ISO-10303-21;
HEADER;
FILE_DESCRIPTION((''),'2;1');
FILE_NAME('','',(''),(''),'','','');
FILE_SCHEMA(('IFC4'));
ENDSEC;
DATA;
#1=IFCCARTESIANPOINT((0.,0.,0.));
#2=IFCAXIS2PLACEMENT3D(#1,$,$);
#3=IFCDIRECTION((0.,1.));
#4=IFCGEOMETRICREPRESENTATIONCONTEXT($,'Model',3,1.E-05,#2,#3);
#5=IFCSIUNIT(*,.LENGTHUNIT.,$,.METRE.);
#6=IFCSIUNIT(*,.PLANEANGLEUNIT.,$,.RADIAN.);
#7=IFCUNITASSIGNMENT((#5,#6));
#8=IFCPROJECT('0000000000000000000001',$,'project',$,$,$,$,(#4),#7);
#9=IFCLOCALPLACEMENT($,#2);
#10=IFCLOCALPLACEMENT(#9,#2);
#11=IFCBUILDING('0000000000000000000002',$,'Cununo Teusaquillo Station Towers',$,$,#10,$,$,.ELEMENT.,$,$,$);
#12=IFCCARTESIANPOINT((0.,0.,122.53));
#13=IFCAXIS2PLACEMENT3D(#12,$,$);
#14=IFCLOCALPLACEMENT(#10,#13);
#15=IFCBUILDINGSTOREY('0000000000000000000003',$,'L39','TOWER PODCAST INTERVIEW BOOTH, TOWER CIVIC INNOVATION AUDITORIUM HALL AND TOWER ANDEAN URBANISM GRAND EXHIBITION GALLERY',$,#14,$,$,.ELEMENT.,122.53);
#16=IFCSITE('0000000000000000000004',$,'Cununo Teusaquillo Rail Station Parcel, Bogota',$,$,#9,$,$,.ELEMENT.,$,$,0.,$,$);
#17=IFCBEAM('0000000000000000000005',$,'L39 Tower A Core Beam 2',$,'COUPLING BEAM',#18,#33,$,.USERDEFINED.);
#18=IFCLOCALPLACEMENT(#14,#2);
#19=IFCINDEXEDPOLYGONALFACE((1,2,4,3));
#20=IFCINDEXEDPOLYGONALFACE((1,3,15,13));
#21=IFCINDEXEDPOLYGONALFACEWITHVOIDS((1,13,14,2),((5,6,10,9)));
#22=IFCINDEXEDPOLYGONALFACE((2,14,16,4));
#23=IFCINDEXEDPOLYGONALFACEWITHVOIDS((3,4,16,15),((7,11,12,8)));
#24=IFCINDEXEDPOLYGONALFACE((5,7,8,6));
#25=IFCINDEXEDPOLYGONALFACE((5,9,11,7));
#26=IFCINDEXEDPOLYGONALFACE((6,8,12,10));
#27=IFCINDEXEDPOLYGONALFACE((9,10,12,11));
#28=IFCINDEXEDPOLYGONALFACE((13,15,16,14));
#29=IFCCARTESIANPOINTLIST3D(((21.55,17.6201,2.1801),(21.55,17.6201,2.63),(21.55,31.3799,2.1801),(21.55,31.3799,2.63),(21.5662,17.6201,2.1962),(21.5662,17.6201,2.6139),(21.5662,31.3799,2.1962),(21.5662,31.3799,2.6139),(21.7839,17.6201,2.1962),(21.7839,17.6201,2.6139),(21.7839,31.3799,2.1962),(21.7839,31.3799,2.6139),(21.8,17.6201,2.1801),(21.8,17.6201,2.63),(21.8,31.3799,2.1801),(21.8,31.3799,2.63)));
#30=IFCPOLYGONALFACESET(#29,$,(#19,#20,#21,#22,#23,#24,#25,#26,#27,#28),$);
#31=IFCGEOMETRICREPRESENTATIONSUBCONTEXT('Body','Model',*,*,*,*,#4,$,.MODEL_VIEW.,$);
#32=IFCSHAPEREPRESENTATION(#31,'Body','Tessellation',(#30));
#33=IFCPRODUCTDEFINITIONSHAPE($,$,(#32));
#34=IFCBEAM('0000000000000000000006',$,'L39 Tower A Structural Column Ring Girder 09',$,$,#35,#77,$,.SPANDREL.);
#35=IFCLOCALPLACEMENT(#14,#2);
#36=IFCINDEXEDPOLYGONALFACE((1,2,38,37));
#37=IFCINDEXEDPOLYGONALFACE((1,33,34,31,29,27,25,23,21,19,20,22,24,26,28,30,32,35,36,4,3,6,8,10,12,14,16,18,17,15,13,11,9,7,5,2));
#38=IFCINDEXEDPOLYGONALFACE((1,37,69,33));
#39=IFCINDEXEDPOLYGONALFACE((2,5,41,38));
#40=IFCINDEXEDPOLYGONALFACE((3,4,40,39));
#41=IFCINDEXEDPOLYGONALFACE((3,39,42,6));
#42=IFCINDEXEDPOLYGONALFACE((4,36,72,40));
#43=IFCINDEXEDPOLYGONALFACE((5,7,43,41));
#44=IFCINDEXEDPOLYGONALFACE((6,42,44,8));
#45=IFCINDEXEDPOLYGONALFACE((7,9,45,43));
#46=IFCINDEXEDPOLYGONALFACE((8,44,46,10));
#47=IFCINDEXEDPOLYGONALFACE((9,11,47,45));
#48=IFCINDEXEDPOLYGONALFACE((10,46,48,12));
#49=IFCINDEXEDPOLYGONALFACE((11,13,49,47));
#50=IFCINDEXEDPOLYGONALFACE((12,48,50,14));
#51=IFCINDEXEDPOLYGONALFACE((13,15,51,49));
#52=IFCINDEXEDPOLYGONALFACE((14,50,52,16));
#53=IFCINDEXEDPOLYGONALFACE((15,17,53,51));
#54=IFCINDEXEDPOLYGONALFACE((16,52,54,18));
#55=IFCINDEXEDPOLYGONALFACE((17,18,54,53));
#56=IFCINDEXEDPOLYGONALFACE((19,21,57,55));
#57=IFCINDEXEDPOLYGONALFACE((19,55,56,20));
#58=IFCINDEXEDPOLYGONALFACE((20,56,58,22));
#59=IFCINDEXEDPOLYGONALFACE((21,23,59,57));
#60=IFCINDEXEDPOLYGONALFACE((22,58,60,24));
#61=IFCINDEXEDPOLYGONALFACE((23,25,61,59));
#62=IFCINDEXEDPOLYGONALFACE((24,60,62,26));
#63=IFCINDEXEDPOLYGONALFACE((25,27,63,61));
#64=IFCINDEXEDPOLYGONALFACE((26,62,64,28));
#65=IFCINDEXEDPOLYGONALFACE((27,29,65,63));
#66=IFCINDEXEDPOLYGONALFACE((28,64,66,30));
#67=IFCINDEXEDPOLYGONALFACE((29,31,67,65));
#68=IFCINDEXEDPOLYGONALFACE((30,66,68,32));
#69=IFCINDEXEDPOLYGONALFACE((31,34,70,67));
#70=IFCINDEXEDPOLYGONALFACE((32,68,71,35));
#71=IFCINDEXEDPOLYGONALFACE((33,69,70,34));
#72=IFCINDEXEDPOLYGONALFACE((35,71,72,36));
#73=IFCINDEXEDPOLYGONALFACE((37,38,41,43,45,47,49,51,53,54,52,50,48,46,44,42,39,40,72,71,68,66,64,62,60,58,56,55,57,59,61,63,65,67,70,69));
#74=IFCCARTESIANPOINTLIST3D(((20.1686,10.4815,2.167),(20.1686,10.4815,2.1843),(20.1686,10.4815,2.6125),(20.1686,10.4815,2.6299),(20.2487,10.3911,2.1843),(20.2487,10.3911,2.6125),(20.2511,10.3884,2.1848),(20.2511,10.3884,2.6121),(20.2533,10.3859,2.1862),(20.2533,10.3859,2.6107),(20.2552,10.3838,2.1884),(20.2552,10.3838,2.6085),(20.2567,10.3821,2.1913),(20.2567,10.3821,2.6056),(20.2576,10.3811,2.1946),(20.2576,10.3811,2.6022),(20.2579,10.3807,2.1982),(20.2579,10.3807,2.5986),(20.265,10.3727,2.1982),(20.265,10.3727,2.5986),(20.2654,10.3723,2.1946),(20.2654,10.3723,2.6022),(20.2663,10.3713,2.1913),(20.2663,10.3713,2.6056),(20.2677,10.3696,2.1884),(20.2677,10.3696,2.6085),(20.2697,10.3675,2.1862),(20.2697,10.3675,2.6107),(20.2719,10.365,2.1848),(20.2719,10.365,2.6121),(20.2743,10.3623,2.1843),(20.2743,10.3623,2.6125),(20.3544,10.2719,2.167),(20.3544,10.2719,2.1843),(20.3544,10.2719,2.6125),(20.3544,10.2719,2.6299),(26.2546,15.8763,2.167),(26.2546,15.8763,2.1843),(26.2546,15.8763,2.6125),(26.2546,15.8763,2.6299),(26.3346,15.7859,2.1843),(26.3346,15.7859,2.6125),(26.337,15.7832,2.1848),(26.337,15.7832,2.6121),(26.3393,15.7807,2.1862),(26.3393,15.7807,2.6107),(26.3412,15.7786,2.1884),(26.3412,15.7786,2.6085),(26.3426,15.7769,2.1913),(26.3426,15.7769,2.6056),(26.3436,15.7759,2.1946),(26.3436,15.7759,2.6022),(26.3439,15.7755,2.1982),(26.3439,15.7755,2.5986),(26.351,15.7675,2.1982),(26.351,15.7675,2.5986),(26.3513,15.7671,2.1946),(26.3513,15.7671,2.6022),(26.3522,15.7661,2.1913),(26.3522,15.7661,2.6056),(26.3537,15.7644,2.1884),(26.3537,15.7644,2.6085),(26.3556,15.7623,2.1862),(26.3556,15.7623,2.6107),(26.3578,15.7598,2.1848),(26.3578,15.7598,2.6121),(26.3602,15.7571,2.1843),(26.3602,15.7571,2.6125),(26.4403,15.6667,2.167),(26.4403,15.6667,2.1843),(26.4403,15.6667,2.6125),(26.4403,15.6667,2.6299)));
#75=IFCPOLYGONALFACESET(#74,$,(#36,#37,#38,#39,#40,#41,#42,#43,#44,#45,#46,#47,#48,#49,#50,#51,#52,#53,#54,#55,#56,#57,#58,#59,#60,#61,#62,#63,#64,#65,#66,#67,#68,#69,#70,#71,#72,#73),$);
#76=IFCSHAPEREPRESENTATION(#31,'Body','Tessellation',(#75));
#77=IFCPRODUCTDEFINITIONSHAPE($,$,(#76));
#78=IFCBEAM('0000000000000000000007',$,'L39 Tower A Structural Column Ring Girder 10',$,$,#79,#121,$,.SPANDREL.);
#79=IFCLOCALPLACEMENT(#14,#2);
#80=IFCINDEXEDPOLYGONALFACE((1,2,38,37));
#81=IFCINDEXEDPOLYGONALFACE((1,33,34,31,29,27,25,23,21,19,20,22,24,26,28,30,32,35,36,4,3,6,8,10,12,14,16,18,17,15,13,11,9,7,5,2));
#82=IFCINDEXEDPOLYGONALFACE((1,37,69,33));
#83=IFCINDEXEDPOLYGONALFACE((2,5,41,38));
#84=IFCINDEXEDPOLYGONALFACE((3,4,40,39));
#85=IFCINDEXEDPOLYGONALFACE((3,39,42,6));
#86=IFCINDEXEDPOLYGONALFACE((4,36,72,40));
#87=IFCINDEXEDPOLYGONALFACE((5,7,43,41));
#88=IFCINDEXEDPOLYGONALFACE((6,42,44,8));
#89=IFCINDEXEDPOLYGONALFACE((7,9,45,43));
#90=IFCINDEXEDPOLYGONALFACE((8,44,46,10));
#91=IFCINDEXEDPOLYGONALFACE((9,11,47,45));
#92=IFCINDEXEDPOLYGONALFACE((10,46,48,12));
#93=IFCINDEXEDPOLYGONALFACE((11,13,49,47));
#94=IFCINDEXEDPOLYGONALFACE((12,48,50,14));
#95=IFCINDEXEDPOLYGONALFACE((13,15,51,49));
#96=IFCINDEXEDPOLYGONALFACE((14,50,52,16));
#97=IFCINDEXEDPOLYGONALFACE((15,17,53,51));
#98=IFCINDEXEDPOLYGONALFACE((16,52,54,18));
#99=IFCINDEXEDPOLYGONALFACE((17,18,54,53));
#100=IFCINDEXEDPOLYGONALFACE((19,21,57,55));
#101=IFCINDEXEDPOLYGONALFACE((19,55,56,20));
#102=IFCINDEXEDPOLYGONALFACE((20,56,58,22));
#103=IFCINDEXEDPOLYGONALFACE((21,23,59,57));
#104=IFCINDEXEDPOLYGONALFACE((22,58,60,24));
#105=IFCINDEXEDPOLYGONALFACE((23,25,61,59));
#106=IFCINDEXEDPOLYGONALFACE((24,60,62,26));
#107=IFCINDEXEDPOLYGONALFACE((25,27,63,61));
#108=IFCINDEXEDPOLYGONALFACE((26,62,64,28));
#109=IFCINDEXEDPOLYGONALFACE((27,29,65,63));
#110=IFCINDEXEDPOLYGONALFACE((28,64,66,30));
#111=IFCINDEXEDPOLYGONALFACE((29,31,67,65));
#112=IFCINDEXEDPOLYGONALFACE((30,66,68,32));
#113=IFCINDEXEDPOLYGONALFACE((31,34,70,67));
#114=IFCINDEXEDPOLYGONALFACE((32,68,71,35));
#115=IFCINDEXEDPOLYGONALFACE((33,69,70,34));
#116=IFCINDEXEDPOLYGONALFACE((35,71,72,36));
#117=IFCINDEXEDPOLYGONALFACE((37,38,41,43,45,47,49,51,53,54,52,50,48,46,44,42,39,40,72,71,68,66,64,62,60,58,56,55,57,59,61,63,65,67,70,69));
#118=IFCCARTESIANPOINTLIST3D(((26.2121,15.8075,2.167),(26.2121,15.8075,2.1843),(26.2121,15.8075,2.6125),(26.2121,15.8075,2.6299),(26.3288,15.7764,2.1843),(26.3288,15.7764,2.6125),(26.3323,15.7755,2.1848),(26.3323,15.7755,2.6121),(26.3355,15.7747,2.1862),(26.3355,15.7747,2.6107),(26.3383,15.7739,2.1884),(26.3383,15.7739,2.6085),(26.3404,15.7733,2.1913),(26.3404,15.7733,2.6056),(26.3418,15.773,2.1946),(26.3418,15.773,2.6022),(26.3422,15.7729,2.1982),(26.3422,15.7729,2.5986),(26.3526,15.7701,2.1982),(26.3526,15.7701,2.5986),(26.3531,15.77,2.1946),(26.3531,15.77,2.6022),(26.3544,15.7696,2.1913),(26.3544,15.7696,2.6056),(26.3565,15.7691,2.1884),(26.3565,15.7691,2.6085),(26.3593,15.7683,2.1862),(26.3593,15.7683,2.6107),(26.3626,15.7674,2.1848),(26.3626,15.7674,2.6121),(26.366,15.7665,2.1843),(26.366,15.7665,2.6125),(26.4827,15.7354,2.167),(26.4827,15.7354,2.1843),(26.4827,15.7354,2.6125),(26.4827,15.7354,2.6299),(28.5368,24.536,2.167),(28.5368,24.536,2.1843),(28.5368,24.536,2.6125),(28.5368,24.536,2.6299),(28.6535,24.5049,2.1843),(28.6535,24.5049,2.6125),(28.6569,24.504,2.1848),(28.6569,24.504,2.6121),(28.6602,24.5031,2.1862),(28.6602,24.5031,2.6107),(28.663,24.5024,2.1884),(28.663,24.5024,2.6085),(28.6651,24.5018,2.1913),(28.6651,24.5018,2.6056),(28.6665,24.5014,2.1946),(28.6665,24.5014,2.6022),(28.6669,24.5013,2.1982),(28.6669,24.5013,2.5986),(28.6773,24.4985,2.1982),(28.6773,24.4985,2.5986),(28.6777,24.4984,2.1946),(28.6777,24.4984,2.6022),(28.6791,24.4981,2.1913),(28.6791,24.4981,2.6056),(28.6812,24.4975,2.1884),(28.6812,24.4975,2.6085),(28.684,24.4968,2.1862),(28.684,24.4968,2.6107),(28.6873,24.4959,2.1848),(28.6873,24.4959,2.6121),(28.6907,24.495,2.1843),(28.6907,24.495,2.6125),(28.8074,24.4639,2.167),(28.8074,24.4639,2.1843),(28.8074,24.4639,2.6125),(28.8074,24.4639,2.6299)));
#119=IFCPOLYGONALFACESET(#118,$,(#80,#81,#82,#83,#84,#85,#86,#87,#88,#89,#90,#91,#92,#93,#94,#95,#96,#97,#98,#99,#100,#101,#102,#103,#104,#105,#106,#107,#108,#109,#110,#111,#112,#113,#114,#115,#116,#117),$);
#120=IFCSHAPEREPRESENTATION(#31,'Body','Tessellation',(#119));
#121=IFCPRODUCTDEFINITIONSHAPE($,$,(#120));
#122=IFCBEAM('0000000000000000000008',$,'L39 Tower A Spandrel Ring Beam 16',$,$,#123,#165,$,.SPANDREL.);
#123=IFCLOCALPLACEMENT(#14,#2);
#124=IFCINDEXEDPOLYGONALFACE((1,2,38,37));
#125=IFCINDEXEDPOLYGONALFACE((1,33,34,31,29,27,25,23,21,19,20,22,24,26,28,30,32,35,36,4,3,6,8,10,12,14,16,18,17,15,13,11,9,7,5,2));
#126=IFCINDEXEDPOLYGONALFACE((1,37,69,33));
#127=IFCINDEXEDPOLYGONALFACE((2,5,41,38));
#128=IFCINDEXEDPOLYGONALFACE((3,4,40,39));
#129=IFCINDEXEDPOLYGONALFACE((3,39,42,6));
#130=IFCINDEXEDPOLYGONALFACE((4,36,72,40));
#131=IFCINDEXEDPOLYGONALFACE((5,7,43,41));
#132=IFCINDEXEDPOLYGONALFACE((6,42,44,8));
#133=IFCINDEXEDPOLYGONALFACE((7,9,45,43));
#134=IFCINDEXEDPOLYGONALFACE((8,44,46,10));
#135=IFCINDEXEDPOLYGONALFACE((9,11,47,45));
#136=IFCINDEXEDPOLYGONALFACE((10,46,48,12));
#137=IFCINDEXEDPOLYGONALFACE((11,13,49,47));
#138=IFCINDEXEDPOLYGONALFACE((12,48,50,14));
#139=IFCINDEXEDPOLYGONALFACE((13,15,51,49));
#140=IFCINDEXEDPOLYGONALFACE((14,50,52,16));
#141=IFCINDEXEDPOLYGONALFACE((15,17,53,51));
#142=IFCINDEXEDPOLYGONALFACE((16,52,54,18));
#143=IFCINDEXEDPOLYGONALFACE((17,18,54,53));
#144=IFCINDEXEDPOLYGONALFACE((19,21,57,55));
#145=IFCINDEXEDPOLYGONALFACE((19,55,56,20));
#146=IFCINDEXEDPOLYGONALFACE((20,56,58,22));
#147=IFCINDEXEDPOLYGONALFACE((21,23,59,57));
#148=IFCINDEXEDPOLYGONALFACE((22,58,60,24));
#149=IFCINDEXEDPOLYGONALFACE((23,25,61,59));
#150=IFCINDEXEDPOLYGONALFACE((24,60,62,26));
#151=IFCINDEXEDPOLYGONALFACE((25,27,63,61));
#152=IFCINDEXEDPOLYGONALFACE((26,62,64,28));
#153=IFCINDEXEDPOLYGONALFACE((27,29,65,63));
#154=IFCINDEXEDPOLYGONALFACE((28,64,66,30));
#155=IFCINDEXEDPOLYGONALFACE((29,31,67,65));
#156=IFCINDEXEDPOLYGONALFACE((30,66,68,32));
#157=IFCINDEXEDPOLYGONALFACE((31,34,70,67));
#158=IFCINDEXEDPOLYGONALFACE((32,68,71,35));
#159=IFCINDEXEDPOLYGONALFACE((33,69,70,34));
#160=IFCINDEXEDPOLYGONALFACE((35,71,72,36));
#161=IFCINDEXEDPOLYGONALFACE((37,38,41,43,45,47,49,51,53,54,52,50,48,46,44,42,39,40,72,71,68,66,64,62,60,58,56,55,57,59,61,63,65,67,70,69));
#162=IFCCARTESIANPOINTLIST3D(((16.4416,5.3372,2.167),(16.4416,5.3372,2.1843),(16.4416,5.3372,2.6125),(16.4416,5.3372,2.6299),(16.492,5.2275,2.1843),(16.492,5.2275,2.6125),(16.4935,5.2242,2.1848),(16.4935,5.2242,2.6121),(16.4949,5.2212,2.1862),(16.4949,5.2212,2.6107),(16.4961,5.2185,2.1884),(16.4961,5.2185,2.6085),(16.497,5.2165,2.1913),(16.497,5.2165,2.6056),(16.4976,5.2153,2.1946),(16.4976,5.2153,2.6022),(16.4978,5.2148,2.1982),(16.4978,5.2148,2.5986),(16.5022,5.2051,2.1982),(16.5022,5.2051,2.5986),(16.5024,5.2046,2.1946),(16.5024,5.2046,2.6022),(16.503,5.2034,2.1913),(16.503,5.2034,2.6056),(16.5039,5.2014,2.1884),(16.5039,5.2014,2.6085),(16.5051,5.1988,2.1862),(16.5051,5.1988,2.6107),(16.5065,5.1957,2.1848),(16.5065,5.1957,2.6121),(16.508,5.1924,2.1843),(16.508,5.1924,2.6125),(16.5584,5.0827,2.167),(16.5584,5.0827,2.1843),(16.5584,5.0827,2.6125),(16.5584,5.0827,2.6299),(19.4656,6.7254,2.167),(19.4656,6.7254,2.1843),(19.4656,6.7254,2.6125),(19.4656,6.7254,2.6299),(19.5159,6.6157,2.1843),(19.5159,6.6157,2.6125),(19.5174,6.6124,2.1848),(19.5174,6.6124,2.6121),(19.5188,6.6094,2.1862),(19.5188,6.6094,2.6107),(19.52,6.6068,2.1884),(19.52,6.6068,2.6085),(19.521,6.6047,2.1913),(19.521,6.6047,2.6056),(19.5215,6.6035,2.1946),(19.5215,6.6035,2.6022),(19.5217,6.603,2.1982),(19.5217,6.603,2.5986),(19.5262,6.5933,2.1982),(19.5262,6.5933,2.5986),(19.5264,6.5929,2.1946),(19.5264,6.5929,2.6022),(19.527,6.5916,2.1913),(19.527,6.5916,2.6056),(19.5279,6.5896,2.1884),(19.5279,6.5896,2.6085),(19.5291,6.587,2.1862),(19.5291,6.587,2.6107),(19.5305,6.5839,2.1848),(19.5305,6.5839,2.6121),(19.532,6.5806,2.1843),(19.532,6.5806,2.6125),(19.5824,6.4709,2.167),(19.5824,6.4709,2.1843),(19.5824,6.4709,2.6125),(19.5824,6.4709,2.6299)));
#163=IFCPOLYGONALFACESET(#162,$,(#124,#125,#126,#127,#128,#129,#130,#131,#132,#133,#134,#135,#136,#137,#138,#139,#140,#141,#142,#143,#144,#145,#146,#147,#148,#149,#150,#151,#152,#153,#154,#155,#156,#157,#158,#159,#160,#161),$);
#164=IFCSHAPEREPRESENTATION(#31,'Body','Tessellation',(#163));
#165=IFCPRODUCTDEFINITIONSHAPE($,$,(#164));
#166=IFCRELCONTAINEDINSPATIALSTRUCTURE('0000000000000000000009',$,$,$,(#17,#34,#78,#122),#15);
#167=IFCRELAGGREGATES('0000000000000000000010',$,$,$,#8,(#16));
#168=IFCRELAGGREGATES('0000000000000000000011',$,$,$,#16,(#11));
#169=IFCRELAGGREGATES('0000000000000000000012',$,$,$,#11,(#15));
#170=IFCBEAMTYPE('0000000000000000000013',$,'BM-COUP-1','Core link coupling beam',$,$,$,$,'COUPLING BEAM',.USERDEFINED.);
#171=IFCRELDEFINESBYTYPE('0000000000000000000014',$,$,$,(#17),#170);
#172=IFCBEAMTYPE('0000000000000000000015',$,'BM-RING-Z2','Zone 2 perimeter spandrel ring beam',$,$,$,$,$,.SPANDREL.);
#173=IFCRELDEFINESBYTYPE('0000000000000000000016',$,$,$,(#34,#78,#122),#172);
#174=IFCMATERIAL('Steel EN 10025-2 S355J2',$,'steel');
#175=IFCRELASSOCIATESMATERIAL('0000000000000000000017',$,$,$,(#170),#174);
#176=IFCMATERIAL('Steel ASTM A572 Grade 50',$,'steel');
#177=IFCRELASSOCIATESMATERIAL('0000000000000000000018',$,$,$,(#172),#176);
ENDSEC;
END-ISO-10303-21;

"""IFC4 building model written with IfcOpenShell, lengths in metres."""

from ifc_helpers import new_model, si_unit, direction, frame, origin, origin_2d, place, context, subcontext, project, spatial, hollow_rectangle, i_section, extrude, material, material_profile, profile_set, type_object, element, save


model = new_model("IFC4")

# Units and contexts
model_context = context("Model", 3, precision=1e-05, world=origin(), true_north=direction((0.0, 1.0)))
body_context = subcontext(model_context, "Body", "Model", "MODEL_VIEW")
ifc_project = project(units=[si_unit("LENGTHUNIT", "METRE"), si_unit("PLANEANGLEUNIT", "RADIAN")], contexts=[model_context])

# Site, building, storey
site_placement = place(None, origin())
site = spatial("IfcSite", under=ifc_project, at=site_placement, Name="Cununo Teusaquillo Rail Station Parcel, Bogota", CompositionType="ELEMENT", RefElevation=0.0)
building_placement = place(site_placement, origin())
building = spatial("IfcBuilding", under=site, at=building_placement, Name="Cununo Teusaquillo Station Towers", CompositionType="ELEMENT")
storey_placement = place(building_placement, frame((0.0, 0.0, 122.53)))
storey = spatial("IfcBuildingStorey", under=building, at=storey_placement, Name="L39", Description="TOWER PODCAST INTERVIEW BOOTH, TOWER CIVIC INNOVATION AUDITORIUM HALL AND TOWER ANDEAN URBANISM GRAND EXHIBITION GALLERY", CompositionType="ELEMENT", Elevation=122.53)

# Beams
ifc_material_1 = material(Name="Steel EN 10025-2 S355J2", Category="steel")
ifc_material_profile_1 = material_profile(ifc_material_1, hollow_rectangle(XDim=0.25, YDim=0.45, WallThickness=0.0161, at=origin_2d()), Name="RHS 450x250x16")
ifc_profile_set_1 = profile_set([ifc_material_profile_1], Name="Steel EN 10025-2 S355J2")
beam_type_1 = type_object("IfcBeamType", Name="BM-COUP-1", Description="Core link coupling beam", ElementType="COUPLING BEAM", PredefinedType="USERDEFINED", material=ifc_profile_set_1)
beam_1_placement = place(storey_placement, frame((21.675, 17.6201, 2.405), z_axis=(0.0, 1.0, 0.0), x_axis=(-1.0, 0.0, 0.0)))
element("IfcBeam", 1, at=beam_1_placement, inside=storey, type_object=beam_type_1, Name="L39 Tower A Core Beam 2", ObjectType="COUPLING BEAM", PredefinedType="USERDEFINED", context=body_context, shape_type="SweptSolid", body=[
    extrude(hollow_rectangle(XDim=0.25, YDim=0.45, WallThickness=0.0161, at=origin_2d()), origin(), (0.0, 0.0, 1.0), 13.7598),
])
ifc_material_2 = material(Name="Steel ASTM A572 Grade 50", Category="steel")
ifc_material_profile_2 = material_profile(ifc_material_2, i_section(OverallWidth=0.28, OverallDepth=0.4629, WebThickness=0.0107, FlangeThickness=0.0173, FilletRadius=0.0139, at=origin_2d()), Name="W18X76")
ifc_profile_set_2 = profile_set([ifc_material_profile_2], Name="Steel ASTM A572 Grade 50")
beam_type_2 = type_object("IfcBeamType", Name="BM-RING-Z2", Description="Zone 2 perimeter spandrel ring beam", PredefinedType="SPANDREL", material=ifc_profile_set_2)
beam_2_placement = place(storey_placement, frame((20.2615, 10.3767, 2.3984), z_axis=(0.748321, 0.663337, 0.0), x_axis=(-0.663337, 0.748321, 0.0)))
element("IfcBeam", 2, at=beam_2_placement, inside=storey, type_object=beam_type_2, Name="L39 Tower A Structural Column Ring Girder 09", PredefinedType="SPANDREL", context=body_context, shape_type="SweptSolid", body=[
    extrude(i_section(OverallWidth=0.28, OverallDepth=0.4629, WebThickness=0.0107, FlangeThickness=0.0173, FilletRadius=0.0139, at=origin_2d()), origin(), (0.0, 0.0, 1.0), 8.1328),
])
beam_3_placement = place(storey_placement, frame((26.3474, 15.7715, 2.3984), z_axis=(0.257363, 0.966315, 0.0), x_axis=(-0.966315, 0.257363, 0.0)))
element("IfcBeam", 3, at=beam_3_placement, inside=storey, type_object=beam_type_2, Name="L39 Tower A Structural Column Ring Girder 10", PredefinedType="SPANDREL", context=body_context, shape_type="SweptSolid", body=[
    extrude(i_section(OverallWidth=0.28, OverallDepth=0.4629, WebThickness=0.0107, FlangeThickness=0.0173, FilletRadius=0.0139, at=origin_2d()), origin(), (0.0, 0.0, 1.0), 9.0327),
])
beam_4_placement = place(storey_placement, frame((16.5, 5.21, 2.3984), z_axis=(0.908812, 0.417205, 0.0), x_axis=(-0.417205, 0.908812, 0.0)))
element("IfcBeam", 4, at=beam_4_placement, inside=storey, type_object=beam_type_2, Name="L39 Tower A Spandrel Ring Beam 16", PredefinedType="SPANDREL", context=body_context, shape_type="SweptSolid", body=[
    extrude(i_section(OverallWidth=0.28, OverallDepth=0.4629, WebThickness=0.0107, FlangeThickness=0.0173, FilletRadius=0.0139, at=origin_2d()), origin(), (0.0, 0.0, 1.0), 3.3274),
])

save(model, "model.ifc")
